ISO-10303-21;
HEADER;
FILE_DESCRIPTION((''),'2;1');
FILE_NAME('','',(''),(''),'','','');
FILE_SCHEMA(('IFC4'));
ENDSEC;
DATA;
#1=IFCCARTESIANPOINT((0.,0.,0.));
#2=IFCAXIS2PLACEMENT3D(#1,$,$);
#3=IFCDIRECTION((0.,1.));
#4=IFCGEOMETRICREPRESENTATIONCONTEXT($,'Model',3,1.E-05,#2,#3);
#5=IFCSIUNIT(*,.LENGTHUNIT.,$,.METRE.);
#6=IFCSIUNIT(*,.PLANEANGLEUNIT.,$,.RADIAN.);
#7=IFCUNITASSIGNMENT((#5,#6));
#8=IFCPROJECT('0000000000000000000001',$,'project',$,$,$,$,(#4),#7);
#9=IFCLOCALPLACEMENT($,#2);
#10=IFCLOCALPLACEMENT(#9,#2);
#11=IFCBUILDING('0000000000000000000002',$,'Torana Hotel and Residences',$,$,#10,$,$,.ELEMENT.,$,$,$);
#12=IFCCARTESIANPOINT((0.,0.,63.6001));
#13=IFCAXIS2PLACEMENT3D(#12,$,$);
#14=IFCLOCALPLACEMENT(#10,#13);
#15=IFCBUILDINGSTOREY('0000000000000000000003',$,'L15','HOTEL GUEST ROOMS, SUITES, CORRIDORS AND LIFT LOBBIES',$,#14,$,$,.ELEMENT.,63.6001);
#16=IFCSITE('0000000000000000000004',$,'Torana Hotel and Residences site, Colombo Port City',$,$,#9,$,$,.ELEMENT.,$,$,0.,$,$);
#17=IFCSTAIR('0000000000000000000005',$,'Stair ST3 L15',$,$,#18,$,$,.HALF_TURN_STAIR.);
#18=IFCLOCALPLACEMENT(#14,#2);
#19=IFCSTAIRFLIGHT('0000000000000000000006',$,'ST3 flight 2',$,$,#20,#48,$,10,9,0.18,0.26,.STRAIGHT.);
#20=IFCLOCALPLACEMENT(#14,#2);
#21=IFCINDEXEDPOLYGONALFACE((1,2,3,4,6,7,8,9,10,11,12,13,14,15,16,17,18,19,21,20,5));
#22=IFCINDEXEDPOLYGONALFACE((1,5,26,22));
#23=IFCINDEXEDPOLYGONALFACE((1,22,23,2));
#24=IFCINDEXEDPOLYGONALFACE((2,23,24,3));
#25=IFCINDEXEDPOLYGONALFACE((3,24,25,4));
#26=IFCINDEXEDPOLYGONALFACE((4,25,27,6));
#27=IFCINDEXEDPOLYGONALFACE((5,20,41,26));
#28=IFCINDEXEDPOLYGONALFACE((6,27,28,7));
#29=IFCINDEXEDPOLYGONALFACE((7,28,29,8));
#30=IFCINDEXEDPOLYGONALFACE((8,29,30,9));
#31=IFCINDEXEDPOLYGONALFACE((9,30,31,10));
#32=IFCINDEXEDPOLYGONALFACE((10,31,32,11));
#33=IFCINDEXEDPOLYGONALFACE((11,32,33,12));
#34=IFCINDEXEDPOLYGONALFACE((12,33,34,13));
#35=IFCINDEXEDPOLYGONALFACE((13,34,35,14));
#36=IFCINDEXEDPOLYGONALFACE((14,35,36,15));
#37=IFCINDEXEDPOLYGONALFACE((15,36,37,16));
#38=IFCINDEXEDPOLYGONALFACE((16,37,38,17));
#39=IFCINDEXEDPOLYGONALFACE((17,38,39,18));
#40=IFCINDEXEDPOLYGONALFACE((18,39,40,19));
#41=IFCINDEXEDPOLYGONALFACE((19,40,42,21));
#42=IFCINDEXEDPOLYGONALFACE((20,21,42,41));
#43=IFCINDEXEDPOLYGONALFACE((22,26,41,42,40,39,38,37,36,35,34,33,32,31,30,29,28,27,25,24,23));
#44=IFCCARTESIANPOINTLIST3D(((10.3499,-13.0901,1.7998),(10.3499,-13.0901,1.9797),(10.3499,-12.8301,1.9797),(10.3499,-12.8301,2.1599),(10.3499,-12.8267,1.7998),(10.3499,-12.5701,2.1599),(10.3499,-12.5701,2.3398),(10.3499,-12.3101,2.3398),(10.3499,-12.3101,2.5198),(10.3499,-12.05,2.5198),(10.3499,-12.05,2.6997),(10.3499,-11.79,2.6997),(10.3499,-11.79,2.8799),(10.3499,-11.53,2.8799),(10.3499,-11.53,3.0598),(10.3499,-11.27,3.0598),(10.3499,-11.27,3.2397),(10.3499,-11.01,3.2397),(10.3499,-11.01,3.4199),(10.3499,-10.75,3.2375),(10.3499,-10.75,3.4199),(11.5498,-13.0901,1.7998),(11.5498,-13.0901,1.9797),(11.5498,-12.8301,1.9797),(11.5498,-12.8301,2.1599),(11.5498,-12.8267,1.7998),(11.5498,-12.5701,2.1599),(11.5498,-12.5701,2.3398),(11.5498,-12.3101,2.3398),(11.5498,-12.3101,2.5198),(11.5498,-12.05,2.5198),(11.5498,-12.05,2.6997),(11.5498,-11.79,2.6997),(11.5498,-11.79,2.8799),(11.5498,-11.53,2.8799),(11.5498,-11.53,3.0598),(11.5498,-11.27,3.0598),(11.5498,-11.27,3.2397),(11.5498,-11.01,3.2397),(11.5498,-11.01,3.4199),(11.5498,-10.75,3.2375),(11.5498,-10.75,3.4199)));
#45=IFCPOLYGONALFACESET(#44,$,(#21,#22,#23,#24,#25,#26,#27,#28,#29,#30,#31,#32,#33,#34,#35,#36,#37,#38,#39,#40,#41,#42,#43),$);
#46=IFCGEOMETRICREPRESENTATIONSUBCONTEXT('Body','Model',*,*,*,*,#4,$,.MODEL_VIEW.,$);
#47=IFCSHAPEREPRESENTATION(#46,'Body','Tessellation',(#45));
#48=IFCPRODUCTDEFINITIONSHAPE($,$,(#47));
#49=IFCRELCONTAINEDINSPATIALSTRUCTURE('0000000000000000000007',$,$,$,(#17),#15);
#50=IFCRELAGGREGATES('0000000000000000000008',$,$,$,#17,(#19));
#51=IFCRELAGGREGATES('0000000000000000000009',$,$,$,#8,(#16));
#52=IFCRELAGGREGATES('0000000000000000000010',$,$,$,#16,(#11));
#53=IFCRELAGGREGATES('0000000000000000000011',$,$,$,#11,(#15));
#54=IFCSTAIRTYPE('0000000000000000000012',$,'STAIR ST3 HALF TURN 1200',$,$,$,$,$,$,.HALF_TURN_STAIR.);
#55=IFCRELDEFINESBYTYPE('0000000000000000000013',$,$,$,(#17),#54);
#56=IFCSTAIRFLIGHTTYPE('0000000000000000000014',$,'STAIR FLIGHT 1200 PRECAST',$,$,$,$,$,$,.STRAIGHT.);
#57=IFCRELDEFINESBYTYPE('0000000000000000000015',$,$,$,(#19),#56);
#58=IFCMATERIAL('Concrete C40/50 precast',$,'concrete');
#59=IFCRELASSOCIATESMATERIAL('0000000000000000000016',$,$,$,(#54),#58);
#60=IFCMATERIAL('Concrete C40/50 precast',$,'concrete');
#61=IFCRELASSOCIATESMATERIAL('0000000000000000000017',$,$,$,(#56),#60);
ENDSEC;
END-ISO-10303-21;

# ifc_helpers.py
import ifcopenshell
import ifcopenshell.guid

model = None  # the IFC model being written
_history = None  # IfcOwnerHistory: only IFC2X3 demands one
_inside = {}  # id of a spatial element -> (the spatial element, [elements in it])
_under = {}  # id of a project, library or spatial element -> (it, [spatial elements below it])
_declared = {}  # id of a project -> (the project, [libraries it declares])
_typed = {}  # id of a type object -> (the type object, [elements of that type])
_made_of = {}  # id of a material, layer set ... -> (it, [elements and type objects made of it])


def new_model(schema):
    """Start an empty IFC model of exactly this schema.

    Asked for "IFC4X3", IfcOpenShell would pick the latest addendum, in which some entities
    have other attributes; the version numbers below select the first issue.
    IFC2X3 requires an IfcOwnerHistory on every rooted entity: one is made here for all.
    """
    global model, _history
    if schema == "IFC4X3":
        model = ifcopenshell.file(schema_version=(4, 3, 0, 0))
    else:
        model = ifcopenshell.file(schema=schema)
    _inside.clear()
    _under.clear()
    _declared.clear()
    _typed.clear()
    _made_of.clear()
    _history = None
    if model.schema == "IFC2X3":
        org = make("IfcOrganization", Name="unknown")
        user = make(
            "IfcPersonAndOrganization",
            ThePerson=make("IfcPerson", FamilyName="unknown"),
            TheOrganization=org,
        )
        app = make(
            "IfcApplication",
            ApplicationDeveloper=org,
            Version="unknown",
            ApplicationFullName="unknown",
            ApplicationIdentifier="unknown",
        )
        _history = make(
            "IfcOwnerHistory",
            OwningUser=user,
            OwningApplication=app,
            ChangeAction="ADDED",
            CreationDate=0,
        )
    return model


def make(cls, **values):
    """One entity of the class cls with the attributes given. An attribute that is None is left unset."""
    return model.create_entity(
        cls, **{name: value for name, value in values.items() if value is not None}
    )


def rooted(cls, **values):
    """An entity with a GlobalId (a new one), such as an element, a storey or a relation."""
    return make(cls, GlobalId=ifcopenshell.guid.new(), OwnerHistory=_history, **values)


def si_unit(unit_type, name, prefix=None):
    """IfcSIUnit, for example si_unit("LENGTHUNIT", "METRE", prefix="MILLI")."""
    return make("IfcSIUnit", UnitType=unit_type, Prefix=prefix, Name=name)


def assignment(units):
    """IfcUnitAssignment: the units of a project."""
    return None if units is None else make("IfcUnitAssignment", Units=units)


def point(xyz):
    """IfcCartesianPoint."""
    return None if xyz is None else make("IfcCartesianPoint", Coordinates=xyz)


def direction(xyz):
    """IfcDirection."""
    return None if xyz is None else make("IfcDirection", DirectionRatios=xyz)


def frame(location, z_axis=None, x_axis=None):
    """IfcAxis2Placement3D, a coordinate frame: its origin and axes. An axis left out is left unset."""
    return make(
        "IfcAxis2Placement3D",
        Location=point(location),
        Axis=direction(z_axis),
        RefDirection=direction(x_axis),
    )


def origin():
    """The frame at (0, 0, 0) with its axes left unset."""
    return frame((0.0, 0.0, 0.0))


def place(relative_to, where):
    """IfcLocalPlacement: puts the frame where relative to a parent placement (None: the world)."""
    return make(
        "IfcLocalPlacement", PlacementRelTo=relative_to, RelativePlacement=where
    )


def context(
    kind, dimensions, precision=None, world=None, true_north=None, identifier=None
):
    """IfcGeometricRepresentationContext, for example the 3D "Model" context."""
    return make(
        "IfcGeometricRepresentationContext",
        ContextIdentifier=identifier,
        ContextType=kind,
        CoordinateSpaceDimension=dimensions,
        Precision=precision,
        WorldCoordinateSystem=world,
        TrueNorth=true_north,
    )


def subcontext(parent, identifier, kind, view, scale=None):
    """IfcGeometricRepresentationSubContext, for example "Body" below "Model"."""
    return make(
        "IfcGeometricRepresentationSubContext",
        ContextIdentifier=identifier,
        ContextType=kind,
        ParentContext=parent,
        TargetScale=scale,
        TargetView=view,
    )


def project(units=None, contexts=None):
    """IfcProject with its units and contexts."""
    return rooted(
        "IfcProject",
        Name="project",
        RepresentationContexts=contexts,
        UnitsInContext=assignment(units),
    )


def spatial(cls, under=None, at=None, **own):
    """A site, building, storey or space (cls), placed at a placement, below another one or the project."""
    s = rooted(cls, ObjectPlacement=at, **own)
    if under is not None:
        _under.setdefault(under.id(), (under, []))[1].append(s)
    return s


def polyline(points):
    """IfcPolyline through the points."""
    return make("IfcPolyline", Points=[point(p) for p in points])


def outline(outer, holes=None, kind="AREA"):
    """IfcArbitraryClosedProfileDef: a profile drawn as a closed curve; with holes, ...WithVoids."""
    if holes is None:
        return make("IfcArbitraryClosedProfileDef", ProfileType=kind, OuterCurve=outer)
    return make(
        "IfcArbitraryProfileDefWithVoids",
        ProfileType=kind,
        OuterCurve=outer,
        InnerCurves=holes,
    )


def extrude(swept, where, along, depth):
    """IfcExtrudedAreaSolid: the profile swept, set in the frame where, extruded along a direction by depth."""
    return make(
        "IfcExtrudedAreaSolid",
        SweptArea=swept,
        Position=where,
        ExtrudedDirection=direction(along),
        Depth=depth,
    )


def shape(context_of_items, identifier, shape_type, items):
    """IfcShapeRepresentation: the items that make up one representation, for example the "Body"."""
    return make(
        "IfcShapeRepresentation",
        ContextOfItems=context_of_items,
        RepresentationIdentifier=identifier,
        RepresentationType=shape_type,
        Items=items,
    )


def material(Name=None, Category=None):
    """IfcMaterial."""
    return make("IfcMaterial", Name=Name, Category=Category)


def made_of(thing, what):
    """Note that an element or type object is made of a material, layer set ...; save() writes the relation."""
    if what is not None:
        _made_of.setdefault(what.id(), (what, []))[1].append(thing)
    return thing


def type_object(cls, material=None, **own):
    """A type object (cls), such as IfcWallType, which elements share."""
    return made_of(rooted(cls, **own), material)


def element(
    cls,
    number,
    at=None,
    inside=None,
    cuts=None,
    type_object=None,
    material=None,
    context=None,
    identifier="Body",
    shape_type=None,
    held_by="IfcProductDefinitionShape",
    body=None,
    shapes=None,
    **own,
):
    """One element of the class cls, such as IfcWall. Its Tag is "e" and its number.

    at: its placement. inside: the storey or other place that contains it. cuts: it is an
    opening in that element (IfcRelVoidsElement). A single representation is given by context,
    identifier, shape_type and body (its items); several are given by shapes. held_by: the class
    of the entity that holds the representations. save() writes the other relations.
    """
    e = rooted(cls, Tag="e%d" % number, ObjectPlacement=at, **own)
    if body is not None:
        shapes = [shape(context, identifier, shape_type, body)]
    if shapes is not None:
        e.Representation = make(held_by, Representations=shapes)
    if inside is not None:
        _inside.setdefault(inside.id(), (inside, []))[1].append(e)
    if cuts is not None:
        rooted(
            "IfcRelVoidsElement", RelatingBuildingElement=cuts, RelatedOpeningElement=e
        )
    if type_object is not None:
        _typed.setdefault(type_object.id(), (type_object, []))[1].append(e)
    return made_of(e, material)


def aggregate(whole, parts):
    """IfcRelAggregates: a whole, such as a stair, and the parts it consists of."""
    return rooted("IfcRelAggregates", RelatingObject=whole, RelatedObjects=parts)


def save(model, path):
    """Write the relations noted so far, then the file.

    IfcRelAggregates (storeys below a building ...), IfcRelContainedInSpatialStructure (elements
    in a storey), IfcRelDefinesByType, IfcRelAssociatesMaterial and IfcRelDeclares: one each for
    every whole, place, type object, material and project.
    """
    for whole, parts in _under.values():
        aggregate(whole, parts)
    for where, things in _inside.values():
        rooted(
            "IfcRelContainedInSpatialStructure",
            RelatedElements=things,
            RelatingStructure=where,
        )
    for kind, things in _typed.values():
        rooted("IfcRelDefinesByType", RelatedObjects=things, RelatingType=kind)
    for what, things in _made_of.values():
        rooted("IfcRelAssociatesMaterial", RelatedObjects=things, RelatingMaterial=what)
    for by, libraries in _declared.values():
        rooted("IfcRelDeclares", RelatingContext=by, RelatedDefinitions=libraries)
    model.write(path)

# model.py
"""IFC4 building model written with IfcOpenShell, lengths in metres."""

from ifc_helpers import new_model, si_unit, direction, frame, origin, place, context, subcontext, project, spatial, polyline, outline, extrude, material, type_object, element, aggregate, save


model = new_model("IFC4")

# Units and contexts
model_context = context("Model", 3, precision=1e-05, world=origin(), true_north=direction((0.0, 1.0)))
body_context = subcontext(model_context, "Body", "Model", "MODEL_VIEW")
ifc_project = project(units=[si_unit("LENGTHUNIT", "METRE"), si_unit("PLANEANGLEUNIT", "RADIAN")], contexts=[model_context])

# Site, building, storey
site_placement = place(None, origin())
site = spatial("IfcSite", under=ifc_project, at=site_placement, Name="Torana Hotel and Residences site, Colombo Port City", CompositionType="ELEMENT", RefElevation=0.0)
building_placement = place(site_placement, origin())
building = spatial("IfcBuilding", under=site, at=building_placement, Name="Torana Hotel and Residences", CompositionType="ELEMENT")
storey_placement = place(building_placement, frame((0.0, 0.0, 63.6001)))
storey = spatial("IfcBuildingStorey", under=building, at=storey_placement, Name="L15", Description="HOTEL GUEST ROOMS, SUITES, CORRIDORS AND LIFT LOBBIES", CompositionType="ELEMENT", Elevation=63.6001)

# Stair, stair flight
ifc_material_1 = material(Name="Concrete C40/50 precast", Category="concrete")
stair_type = type_object("IfcStairType", Name="STAIR ST3 HALF TURN 1200", PredefinedType="HALF_TURN_STAIR", material=ifc_material_1)
stair_placement = place(storey_placement, origin())
stair = element("IfcStair", 1, at=stair_placement, inside=storey, type_object=stair_type, Name="Stair ST3 L15", PredefinedType="HALF_TURN_STAIR")
ifc_material_2 = material(Name="Concrete C40/50 precast", Category="concrete")
stair_flight_type = type_object("IfcStairFlightType", Name="STAIR FLIGHT 1200 PRECAST", PredefinedType="STRAIGHT", material=ifc_material_2)
stair_flight_1_placement = place(storey_placement, frame((10.95, -13.0901, 1.7998), z_axis=(0.0, 0.0, 1.0), x_axis=(0.0, 1.0, 0.0)))
stair_flight_1 = element("IfcStairFlight", 2, at=stair_flight_1_placement, type_object=stair_flight_type, Name="ST3 flight 2", NumberOfRisers=10, NumberOfTreads=9, PredefinedType="STRAIGHT", RiserHeight=0.18, TreadLength=0.26, context=body_context, shape_type="SweptSolid", body=[
    extrude(outline(polyline([(0.0, 0.0), (0.0, 0.1799), (0.26, 0.1799), (0.26, 0.3601), (0.52, 0.3601), (0.52, 0.54), (0.78, 0.54), (0.78, 0.72), (1.04, 0.72), (1.04, 0.8999), (1.3, 0.8999), (1.3, 1.0801), (1.5601, 1.0801), (1.5601, 1.26), (1.8201, 1.26), (1.8201, 1.4399), (2.0801, 1.4399), (2.0801, 1.6201), (2.3401, 1.6201), (2.3401, 1.8), (2.3401, 1.4377), (0.2634, 0.0), (0.0, 0.0)])), frame((0.0, 0.6001, 0.0), z_axis=(0.0, -1.0, 0.0), x_axis=(1.0, 0.0, 0.0)), (0.0, 0.0, 1.0), 1.2),
])
aggregate(stair, [stair_flight_1])

save(model, "model.ifc")
